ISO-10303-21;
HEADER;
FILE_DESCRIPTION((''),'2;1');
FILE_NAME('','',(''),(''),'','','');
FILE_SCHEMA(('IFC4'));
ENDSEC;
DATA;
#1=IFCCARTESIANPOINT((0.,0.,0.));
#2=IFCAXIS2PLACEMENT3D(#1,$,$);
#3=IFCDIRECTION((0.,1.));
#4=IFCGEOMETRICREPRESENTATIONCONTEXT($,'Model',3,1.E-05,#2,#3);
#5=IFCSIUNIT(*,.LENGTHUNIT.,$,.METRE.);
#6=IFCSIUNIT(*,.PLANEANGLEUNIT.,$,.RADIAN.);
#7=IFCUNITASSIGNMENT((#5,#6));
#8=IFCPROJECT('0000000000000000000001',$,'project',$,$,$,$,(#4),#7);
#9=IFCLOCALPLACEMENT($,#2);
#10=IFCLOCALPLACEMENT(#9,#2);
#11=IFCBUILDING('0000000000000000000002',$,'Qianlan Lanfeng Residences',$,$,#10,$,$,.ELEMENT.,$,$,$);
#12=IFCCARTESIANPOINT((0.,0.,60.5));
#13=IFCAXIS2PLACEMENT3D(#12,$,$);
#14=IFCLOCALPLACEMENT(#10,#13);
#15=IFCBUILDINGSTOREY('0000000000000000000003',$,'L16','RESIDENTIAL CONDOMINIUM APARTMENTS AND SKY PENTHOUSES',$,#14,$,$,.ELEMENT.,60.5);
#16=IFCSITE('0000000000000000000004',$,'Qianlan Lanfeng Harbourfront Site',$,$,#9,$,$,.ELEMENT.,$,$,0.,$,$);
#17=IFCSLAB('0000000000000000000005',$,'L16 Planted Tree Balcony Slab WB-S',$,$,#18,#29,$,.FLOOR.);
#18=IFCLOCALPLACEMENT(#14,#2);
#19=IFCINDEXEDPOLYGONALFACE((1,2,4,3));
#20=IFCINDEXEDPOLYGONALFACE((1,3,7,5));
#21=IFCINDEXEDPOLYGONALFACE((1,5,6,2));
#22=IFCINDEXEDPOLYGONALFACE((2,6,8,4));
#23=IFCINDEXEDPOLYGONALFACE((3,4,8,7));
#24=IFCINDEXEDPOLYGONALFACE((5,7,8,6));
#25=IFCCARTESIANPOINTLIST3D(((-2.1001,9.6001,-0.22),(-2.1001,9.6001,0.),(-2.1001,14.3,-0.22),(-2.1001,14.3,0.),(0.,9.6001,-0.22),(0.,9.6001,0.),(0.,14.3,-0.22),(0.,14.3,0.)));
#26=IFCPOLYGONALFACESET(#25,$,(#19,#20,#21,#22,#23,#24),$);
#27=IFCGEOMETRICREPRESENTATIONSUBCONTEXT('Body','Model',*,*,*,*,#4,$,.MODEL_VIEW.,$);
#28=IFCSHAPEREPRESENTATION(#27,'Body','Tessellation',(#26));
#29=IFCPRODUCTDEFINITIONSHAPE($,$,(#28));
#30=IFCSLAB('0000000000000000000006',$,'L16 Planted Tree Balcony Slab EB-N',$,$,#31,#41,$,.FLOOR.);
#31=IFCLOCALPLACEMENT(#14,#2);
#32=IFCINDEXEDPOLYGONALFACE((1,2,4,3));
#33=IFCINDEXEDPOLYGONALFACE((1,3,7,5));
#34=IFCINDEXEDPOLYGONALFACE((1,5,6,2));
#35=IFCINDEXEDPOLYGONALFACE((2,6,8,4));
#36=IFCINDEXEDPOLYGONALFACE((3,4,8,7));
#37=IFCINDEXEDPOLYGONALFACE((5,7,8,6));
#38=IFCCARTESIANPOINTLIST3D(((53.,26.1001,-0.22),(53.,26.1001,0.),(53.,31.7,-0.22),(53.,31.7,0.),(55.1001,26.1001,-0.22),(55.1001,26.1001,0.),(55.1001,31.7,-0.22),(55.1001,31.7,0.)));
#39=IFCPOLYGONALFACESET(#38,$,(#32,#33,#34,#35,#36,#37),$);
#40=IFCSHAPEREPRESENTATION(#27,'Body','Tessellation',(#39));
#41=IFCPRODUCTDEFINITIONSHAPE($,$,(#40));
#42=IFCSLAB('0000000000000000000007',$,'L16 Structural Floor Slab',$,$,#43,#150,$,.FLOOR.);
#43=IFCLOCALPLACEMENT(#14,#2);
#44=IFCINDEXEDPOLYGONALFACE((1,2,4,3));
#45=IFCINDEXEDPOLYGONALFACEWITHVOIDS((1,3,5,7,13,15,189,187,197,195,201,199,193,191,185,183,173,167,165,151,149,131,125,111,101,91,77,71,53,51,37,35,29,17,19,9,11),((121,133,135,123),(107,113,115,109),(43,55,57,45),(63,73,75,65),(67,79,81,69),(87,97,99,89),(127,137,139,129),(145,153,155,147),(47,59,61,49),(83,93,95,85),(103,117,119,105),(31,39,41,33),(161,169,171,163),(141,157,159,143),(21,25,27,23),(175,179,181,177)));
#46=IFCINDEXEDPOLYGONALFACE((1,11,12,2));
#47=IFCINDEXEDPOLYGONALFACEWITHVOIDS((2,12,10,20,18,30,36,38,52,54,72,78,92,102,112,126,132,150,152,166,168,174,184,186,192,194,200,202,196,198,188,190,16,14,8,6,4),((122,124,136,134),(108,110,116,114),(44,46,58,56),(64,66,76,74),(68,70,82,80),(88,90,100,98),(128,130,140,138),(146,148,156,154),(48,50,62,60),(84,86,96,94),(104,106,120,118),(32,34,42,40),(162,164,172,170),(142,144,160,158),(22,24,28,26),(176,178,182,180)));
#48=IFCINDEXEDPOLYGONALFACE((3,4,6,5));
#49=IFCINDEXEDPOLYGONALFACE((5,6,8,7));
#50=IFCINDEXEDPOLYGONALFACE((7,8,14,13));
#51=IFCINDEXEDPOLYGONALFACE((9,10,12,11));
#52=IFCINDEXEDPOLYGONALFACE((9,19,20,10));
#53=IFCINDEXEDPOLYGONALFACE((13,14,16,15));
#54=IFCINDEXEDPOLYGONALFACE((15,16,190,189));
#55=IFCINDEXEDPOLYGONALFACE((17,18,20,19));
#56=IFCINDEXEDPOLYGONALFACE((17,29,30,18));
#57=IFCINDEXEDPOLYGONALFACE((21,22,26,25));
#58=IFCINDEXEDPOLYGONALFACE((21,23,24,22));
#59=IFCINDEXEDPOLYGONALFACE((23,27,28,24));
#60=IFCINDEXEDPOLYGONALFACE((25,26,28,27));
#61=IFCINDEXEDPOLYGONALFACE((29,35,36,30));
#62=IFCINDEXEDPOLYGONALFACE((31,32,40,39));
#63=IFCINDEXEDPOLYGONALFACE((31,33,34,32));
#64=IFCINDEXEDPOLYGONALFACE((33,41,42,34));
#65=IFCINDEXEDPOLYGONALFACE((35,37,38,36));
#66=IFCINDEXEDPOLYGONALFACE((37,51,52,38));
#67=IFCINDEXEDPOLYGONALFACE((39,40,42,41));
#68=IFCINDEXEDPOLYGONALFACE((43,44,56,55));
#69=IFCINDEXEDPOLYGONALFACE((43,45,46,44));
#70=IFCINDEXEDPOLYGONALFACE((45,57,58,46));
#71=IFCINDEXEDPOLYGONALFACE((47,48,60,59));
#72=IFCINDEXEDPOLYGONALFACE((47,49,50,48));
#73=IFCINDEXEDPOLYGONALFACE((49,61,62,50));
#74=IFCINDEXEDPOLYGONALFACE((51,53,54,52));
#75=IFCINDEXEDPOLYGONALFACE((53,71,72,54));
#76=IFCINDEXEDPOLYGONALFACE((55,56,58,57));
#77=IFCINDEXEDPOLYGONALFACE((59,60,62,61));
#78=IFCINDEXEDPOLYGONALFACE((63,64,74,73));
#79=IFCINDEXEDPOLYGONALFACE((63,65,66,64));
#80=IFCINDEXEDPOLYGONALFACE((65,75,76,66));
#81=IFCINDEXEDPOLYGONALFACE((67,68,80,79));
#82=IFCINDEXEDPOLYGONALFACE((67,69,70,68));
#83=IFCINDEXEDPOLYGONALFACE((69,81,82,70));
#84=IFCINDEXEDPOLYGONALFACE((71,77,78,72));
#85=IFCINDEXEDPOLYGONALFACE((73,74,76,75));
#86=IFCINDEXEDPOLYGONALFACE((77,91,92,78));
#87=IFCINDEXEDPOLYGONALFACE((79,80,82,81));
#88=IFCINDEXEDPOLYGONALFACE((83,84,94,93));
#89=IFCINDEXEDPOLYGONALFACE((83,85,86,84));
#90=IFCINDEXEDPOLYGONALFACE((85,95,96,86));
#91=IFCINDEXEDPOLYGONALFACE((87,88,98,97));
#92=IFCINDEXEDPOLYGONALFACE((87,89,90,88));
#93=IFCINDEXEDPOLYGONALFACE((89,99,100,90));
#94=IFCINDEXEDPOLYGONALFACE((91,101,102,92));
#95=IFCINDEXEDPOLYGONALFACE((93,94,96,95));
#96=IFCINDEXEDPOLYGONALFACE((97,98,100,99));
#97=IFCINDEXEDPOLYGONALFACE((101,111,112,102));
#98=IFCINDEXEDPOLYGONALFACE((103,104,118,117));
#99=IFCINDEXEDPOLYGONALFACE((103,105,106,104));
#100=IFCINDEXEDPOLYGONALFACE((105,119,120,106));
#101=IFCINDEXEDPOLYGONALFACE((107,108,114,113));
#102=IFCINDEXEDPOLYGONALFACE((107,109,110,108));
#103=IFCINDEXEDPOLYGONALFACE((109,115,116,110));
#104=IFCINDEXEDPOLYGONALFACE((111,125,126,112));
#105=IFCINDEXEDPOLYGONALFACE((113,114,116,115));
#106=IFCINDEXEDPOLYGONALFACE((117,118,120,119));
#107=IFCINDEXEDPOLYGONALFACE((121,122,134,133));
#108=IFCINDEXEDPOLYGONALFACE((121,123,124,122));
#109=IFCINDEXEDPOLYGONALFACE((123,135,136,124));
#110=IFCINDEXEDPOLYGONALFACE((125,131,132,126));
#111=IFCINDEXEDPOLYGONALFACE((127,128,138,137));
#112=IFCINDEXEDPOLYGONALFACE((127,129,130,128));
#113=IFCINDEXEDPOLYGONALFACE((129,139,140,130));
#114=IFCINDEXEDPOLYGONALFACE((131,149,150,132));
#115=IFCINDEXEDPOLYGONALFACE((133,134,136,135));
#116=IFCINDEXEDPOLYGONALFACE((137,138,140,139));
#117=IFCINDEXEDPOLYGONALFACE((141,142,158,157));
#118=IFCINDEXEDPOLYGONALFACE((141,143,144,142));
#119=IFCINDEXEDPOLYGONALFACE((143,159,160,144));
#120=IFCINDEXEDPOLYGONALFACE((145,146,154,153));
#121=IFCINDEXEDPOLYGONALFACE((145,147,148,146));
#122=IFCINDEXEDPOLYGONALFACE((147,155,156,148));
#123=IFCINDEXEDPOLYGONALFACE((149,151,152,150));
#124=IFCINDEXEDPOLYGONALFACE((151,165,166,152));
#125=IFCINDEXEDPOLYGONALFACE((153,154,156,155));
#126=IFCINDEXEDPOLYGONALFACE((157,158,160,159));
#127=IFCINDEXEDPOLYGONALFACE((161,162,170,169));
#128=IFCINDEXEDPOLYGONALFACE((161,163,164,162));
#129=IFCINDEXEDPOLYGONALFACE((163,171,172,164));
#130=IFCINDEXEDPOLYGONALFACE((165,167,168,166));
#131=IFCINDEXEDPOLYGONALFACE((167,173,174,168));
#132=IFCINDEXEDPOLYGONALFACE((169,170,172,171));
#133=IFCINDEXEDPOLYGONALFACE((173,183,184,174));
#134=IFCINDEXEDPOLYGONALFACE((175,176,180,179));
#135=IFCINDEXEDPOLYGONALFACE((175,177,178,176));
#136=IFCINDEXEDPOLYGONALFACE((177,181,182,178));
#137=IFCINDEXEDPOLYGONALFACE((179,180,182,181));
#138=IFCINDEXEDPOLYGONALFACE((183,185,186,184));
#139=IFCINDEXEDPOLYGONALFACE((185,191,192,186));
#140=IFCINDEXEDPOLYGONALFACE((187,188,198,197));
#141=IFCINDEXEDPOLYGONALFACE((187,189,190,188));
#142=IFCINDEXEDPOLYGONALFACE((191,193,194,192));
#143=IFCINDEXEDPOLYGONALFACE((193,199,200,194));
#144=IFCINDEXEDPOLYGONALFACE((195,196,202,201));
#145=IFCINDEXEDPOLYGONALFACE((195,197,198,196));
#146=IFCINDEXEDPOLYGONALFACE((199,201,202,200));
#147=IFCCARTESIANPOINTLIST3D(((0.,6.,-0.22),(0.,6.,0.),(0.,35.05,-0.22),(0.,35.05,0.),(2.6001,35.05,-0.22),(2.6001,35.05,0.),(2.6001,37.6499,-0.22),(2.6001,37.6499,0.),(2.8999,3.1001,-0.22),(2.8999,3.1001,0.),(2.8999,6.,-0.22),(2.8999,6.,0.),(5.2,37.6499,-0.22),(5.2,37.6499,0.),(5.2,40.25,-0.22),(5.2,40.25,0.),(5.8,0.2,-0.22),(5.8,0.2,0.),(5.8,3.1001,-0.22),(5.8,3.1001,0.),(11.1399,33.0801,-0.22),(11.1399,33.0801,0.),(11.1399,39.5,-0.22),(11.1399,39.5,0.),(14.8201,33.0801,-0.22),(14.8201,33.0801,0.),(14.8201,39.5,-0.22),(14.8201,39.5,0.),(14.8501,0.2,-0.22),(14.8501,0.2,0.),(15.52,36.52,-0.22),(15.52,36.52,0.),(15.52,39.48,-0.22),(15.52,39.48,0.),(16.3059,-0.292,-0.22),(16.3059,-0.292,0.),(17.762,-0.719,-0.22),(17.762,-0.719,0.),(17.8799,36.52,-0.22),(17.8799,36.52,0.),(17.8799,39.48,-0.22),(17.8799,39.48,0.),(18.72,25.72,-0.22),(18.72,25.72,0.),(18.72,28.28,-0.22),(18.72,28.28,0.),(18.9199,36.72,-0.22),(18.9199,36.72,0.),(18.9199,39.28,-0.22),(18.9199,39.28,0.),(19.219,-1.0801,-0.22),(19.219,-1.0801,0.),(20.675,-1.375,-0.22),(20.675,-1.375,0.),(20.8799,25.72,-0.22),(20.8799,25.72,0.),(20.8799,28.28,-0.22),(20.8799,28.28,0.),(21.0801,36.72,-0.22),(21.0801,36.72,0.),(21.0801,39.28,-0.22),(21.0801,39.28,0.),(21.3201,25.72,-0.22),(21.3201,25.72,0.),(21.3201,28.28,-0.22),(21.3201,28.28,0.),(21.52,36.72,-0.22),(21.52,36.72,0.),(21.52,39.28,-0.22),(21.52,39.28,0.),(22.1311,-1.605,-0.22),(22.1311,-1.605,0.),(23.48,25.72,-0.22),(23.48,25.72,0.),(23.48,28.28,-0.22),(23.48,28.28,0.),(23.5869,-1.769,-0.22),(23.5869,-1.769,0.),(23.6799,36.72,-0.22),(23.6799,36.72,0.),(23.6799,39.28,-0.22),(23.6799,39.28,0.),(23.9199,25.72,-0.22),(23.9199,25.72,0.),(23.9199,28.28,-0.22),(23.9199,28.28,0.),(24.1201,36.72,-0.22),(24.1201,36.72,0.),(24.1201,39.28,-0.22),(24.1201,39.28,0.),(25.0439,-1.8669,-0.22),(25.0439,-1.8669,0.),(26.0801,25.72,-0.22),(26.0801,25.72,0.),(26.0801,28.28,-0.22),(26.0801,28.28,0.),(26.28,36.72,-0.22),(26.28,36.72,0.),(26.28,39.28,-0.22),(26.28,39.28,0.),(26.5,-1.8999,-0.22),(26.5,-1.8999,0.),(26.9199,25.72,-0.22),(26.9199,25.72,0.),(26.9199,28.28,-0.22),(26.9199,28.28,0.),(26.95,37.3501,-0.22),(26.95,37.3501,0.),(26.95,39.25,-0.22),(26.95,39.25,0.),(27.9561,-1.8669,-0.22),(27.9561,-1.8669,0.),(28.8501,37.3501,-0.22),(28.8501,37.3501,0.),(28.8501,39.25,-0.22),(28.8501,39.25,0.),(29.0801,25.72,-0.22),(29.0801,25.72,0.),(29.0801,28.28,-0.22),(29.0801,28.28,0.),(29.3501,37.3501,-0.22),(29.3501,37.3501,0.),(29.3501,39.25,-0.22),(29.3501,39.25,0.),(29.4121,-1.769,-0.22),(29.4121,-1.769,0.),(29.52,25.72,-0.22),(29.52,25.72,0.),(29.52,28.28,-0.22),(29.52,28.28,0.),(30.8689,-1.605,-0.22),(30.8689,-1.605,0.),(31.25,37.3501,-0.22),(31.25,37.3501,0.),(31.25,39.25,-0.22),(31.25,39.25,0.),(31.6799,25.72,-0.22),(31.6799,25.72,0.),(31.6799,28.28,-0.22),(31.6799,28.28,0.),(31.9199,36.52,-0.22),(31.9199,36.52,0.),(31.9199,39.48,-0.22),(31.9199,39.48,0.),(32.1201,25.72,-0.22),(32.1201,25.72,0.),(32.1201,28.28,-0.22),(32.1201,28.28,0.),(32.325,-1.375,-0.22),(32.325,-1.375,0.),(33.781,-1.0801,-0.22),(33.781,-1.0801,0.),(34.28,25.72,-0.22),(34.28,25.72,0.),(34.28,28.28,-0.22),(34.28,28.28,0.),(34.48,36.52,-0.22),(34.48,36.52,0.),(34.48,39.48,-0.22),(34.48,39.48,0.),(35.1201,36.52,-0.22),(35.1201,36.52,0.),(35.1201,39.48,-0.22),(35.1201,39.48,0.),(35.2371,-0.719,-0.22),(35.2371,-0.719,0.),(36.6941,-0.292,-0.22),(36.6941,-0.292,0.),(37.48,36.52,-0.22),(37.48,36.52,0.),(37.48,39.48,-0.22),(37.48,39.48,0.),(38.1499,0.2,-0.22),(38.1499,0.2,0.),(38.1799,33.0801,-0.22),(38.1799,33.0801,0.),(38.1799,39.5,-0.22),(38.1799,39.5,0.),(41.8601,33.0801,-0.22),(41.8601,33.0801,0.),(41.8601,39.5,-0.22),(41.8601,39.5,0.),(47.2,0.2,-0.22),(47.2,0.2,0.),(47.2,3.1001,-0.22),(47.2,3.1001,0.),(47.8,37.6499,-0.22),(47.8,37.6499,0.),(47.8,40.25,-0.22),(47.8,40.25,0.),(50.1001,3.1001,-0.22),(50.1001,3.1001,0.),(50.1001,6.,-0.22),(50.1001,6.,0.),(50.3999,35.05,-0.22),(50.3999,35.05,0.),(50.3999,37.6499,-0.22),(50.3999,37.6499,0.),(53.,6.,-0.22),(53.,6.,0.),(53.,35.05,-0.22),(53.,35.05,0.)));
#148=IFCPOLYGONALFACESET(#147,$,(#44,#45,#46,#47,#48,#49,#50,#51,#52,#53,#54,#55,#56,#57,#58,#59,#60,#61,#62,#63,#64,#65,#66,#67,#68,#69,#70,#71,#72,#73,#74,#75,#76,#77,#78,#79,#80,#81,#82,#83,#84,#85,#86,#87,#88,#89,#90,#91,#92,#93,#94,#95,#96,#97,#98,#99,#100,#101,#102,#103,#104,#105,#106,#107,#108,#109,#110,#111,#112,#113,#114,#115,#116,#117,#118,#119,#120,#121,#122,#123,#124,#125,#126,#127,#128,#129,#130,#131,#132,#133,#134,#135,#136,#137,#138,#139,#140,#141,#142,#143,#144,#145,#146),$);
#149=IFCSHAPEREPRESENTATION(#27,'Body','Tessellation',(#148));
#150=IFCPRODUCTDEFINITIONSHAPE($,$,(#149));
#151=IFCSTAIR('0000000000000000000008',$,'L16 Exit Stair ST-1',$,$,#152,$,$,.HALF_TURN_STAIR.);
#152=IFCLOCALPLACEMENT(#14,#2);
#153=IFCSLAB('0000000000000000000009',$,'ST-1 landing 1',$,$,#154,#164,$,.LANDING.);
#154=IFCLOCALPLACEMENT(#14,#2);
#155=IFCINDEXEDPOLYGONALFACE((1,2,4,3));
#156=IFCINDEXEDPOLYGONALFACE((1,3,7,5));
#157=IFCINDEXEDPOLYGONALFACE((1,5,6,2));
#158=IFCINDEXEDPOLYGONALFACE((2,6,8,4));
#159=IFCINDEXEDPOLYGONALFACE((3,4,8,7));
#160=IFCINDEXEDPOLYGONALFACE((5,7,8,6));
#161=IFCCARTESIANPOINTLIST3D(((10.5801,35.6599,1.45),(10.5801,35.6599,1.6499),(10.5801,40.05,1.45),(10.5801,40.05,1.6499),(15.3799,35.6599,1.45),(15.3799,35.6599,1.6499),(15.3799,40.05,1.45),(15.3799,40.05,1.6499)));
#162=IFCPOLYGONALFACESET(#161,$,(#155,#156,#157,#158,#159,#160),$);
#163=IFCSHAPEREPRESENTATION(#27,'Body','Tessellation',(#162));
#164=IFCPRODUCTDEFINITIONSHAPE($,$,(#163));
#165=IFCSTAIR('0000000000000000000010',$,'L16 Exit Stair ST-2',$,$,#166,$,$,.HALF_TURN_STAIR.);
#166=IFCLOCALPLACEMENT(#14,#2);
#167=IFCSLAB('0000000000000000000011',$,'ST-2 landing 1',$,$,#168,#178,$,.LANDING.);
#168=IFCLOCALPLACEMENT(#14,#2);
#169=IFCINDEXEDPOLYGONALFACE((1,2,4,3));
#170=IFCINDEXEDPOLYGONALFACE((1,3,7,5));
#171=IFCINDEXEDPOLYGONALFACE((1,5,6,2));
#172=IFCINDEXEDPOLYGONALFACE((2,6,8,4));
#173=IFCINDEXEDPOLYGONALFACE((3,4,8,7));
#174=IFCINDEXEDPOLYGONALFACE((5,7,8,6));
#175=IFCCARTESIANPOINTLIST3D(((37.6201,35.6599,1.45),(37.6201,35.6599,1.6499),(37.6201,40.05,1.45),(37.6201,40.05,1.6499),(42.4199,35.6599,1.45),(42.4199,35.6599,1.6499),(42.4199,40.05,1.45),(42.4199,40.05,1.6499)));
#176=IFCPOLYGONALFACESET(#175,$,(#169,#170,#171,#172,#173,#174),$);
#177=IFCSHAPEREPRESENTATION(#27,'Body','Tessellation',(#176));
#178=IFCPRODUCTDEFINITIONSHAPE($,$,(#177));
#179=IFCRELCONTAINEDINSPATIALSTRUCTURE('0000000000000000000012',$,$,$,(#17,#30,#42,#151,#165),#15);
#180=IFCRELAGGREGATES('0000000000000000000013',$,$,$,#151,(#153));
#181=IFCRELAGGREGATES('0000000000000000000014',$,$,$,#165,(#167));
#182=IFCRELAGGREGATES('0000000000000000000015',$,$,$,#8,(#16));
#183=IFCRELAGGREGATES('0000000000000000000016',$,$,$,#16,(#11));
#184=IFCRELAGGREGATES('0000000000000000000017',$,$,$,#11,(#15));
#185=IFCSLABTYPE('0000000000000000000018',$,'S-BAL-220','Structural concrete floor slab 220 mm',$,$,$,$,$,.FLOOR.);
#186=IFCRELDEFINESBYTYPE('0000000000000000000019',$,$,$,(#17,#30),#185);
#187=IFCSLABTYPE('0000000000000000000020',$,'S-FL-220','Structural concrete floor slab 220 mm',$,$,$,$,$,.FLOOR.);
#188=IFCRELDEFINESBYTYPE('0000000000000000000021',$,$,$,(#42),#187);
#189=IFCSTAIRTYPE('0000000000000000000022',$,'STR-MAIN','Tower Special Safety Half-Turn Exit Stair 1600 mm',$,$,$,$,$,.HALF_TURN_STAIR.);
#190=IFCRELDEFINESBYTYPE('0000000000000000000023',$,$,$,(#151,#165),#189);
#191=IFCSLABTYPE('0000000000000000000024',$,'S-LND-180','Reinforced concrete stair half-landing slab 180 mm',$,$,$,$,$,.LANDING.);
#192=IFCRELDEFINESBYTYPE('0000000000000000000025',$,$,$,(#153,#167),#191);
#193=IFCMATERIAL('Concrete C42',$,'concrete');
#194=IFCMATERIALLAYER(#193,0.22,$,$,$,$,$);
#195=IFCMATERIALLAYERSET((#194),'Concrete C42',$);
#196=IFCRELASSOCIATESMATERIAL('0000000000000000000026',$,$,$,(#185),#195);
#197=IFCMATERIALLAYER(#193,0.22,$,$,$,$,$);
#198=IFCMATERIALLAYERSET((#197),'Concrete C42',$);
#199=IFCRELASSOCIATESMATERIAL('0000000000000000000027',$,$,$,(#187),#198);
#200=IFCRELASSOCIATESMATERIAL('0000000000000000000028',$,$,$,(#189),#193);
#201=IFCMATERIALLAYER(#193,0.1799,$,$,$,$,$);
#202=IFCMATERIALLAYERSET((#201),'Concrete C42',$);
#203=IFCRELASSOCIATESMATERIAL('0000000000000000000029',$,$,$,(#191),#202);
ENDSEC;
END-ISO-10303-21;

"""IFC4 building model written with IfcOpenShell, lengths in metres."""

from ifc_helpers import new_model, si_unit, direction, frame, origin, place, context, subcontext, project, spatial, polyline, outline, extrude, material, layer, layer_set, type_object, element, aggregate, save


model = new_model("IFC4")

# Units and contexts
model_context = context("Model", 3, precision=1e-05, world=origin(), true_north=direction((0.0, 1.0)))
body_context = subcontext(model_context, "Body", "Model", "MODEL_VIEW")
ifc_project = project(units=[si_unit("LENGTHUNIT", "METRE"), si_unit("PLANEANGLEUNIT", "RADIAN")], contexts=[model_context])

# Site, building, storey
site_placement = place(None, origin())
site = spatial("IfcSite", under=ifc_project, at=site_placement, Name="Qianlan Lanfeng Harbourfront Site", CompositionType="ELEMENT", RefElevation=0.0)
building_placement = place(site_placement, origin())
building = spatial("IfcBuilding", under=site, at=building_placement, Name="Qianlan Lanfeng Residences", CompositionType="ELEMENT")
storey_placement = place(building_placement, frame((0.0, 0.0, 60.5)))
storey = spatial("IfcBuildingStorey", under=building, at=storey_placement, Name="L16", Description="RESIDENTIAL CONDOMINIUM APARTMENTS AND SKY PENTHOUSES", CompositionType="ELEMENT", Elevation=60.5)

# Slabs
ifc_material_1 = material(Name="Concrete C42", Category="concrete")
ifc_layer_1 = layer(ifc_material_1, 0.22)
ifc_layer_set_1 = layer_set([ifc_layer_1], Name="Concrete C42")
slab_type_1 = type_object("IfcSlabType", Name="S-BAL-220", Description="Structural concrete floor slab 220 mm", PredefinedType="FLOOR", material=ifc_layer_set_1)
slab_1_placement = place(storey_placement, frame((0.0, 0.0, -0.22)))
element("IfcSlab", 1, at=slab_1_placement, inside=storey, type_object=slab_type_1, Name="L16 Planted Tree Balcony Slab WB-S", PredefinedType="FLOOR", context=body_context, shape_type="SweptSolid", body=[
    extrude(outline(polyline([(0.0, 9.6001), (0.0, 14.3), (-2.1001, 14.3), (-2.1001, 9.6001), (0.0, 9.6001)])), origin(), (0.0, 0.0, 1.0), 0.22),
])
slab_2_placement = place(storey_placement, frame((0.0, 0.0, -0.22)))
element("IfcSlab", 2, at=slab_2_placement, inside=storey, type_object=slab_type_1, Name="L16 Planted Tree Balcony Slab EB-N", PredefinedType="FLOOR", context=body_context, shape_type="SweptSolid", body=[
    extrude(outline(polyline([(53.0, 31.7), (53.0, 26.1001), (55.1001, 26.1001), (55.1001, 31.7), (53.0, 31.7)])), origin(), (0.0, 0.0, 1.0), 0.22),
])
ifc_layer_2 = layer(ifc_material_1, 0.22)
ifc_layer_set_2 = layer_set([ifc_layer_2], Name="Concrete C42")
slab_type_2 = type_object("IfcSlabType", Name="S-FL-220", Description="Structural concrete floor slab 220 mm", PredefinedType="FLOOR", material=ifc_layer_set_2)
slab_3_placement = place(storey_placement, frame((0.0, 0.0, -0.22)))
element("IfcSlab", 3, at=slab_3_placement, inside=storey, type_object=slab_type_2, Name="L16 Structural Floor Slab", PredefinedType="FLOOR", context=body_context, shape_type="SweptSolid", body=[
    extrude(outline(polyline([(0.0, 6.0), (2.8999, 6.0), (2.8999, 3.1001), (5.8, 3.1001), (5.8, 0.2), (14.8501, 0.2), (16.3059, -0.292), (17.762, -0.719), (19.219, -1.0801), (20.675, -1.375), (22.1311, -1.605), (23.5869, -1.769), (25.0439, -1.8669), (26.5, -1.8999), (27.9561, -1.8669), (29.4121, -1.769), (30.8689, -1.605), (32.325, -1.375), (33.781, -1.0801), (35.2371, -0.719), (36.6941, -0.292), (38.1499, 0.2), (47.2, 0.2), (47.2, 3.1001), (50.1001, 3.1001), (50.1001, 6.0), (53.0, 6.0), (53.0, 35.05), (50.3999, 35.05), (50.3999, 37.6499), (47.8, 37.6499), (47.8, 40.25), (5.2, 40.25), (5.2, 37.6499), (2.6001, 37.6499), (2.6001, 35.05), (0.0, 35.05), (0.0, 6.0)]), holes=[polyline([(11.1399, 33.0801), (11.1399, 39.5), (14.8201, 39.5), (14.8201, 33.0801), (11.1399, 33.0801)]), polyline([(38.1799, 33.0801), (38.1799, 39.5), (41.8601, 39.5), (41.8601, 33.0801), (38.1799, 33.0801)]), polyline([(15.52, 36.52), (15.52, 39.48), (17.8799, 39.48), (17.8799, 36.52), (15.52, 36.52)]), polyline([(35.1201, 36.52), (35.1201, 39.48), (37.48, 39.48), (37.48, 36.52), (35.1201, 36.52)]), polyline([(31.9199, 36.52), (31.9199, 39.48), (34.48, 39.48), (34.48, 36.52), (31.9199, 36.52)]), polyline([(18.72, 25.72), (18.72, 28.28), (20.8799, 28.28), (20.8799, 25.72), (18.72, 25.72)]), polyline([(21.3201, 25.72), (21.3201, 28.28), (23.48, 28.28), (23.48, 25.72), (21.3201, 25.72)]), polyline([(23.9199, 25.72), (23.9199, 28.28), (26.0801, 28.28), (26.0801, 25.72), (23.9199, 25.72)]), polyline([(26.9199, 25.72), (26.9199, 28.28), (29.0801, 28.28), (29.0801, 25.72), (26.9199, 25.72)]), polyline([(29.52, 25.72), (29.52, 28.28), (31.6799, 28.28), (31.6799, 25.72), (29.52, 25.72)]), polyline([(32.1201, 25.72), (32.1201, 28.28), (34.28, 28.28), (34.28, 25.72), (32.1201, 25.72)]), polyline([(18.9199, 36.72), (18.9199, 39.28), (21.0801, 39.28), (21.0801, 36.72), (18.9199, 36.72)]), polyline([(21.52, 36.72), (21.52, 39.28), (23.6799, 39.28), (23.6799, 36.72), (21.52, 36.72)]), polyline([(24.1201, 36.72), (24.1201, 39.28), (26.28, 39.28), (26.28, 36.72), (24.1201, 36.72)]), polyline([(26.95, 37.3501), (26.95, 39.25), (28.8501, 39.25), (28.8501, 37.3501), (26.95, 37.3501)]), polyline([(29.3501, 37.3501), (29.3501, 39.25), (31.25, 39.25), (31.25, 37.3501), (29.3501, 37.3501)])]), origin(), (0.0, 0.0, 1.0), 0.22),
])

# Stairs, slabs
stair_type = type_object("IfcStairType", Name="STR-MAIN", Description="Tower Special Safety Half-Turn Exit Stair 1600 mm", PredefinedType="HALF_TURN_STAIR", material=ifc_material_1)
stair_1_placement = place(storey_placement, origin())
stair_1 = element("IfcStair", 4, at=stair_1_placement, inside=storey, type_object=stair_type, Name="L16 Exit Stair ST-1", PredefinedType="HALF_TURN_STAIR")
ifc_layer_3 = layer(ifc_material_1, 0.1799)
ifc_layer_set_3 = layer_set([ifc_layer_3], Name="Concrete C42")
slab_type_3 = type_object("IfcSlabType", Name="S-LND-180", Description="Reinforced concrete stair half-landing slab 180 mm", PredefinedType="LANDING", material=ifc_layer_set_3)
slab_4_placement = place(storey_placement, frame((0.0, 0.0, 1.45)))
slab_4 = element("IfcSlab", 5, at=slab_4_placement, type_object=slab_type_3, Name="ST-1 landing 1", PredefinedType="LANDING", context=body_context, shape_type="SweptSolid", body=[
    extrude(outline(polyline([(10.5801, 35.6599), (15.3799, 35.6599), (15.3799, 40.05), (10.5801, 40.05), (10.5801, 35.6599)])), origin(), (0.0, 0.0, 1.0), 0.2),
])
aggregate(stair_1, [slab_4])
stair_2_placement = place(storey_placement, origin())
stair_2 = element("IfcStair", 6, at=stair_2_placement, inside=storey, type_object=stair_type, Name="L16 Exit Stair ST-2", PredefinedType="HALF_TURN_STAIR")
slab_5_placement = place(storey_placement, frame((0.0, 0.0, 1.45)))
slab_5 = element("IfcSlab", 7, at=slab_5_placement, type_object=slab_type_3, Name="ST-2 landing 1", PredefinedType="LANDING", context=body_context, shape_type="SweptSolid", body=[
    extrude(outline(polyline([(37.6201, 35.6599), (42.4199, 35.6599), (42.4199, 40.05), (37.6201, 40.05), (37.6201, 35.6599)])), origin(), (0.0, 0.0, 1.0), 0.2),
])
aggregate(stair_2, [slab_5])

save(model, "model.ifc")
